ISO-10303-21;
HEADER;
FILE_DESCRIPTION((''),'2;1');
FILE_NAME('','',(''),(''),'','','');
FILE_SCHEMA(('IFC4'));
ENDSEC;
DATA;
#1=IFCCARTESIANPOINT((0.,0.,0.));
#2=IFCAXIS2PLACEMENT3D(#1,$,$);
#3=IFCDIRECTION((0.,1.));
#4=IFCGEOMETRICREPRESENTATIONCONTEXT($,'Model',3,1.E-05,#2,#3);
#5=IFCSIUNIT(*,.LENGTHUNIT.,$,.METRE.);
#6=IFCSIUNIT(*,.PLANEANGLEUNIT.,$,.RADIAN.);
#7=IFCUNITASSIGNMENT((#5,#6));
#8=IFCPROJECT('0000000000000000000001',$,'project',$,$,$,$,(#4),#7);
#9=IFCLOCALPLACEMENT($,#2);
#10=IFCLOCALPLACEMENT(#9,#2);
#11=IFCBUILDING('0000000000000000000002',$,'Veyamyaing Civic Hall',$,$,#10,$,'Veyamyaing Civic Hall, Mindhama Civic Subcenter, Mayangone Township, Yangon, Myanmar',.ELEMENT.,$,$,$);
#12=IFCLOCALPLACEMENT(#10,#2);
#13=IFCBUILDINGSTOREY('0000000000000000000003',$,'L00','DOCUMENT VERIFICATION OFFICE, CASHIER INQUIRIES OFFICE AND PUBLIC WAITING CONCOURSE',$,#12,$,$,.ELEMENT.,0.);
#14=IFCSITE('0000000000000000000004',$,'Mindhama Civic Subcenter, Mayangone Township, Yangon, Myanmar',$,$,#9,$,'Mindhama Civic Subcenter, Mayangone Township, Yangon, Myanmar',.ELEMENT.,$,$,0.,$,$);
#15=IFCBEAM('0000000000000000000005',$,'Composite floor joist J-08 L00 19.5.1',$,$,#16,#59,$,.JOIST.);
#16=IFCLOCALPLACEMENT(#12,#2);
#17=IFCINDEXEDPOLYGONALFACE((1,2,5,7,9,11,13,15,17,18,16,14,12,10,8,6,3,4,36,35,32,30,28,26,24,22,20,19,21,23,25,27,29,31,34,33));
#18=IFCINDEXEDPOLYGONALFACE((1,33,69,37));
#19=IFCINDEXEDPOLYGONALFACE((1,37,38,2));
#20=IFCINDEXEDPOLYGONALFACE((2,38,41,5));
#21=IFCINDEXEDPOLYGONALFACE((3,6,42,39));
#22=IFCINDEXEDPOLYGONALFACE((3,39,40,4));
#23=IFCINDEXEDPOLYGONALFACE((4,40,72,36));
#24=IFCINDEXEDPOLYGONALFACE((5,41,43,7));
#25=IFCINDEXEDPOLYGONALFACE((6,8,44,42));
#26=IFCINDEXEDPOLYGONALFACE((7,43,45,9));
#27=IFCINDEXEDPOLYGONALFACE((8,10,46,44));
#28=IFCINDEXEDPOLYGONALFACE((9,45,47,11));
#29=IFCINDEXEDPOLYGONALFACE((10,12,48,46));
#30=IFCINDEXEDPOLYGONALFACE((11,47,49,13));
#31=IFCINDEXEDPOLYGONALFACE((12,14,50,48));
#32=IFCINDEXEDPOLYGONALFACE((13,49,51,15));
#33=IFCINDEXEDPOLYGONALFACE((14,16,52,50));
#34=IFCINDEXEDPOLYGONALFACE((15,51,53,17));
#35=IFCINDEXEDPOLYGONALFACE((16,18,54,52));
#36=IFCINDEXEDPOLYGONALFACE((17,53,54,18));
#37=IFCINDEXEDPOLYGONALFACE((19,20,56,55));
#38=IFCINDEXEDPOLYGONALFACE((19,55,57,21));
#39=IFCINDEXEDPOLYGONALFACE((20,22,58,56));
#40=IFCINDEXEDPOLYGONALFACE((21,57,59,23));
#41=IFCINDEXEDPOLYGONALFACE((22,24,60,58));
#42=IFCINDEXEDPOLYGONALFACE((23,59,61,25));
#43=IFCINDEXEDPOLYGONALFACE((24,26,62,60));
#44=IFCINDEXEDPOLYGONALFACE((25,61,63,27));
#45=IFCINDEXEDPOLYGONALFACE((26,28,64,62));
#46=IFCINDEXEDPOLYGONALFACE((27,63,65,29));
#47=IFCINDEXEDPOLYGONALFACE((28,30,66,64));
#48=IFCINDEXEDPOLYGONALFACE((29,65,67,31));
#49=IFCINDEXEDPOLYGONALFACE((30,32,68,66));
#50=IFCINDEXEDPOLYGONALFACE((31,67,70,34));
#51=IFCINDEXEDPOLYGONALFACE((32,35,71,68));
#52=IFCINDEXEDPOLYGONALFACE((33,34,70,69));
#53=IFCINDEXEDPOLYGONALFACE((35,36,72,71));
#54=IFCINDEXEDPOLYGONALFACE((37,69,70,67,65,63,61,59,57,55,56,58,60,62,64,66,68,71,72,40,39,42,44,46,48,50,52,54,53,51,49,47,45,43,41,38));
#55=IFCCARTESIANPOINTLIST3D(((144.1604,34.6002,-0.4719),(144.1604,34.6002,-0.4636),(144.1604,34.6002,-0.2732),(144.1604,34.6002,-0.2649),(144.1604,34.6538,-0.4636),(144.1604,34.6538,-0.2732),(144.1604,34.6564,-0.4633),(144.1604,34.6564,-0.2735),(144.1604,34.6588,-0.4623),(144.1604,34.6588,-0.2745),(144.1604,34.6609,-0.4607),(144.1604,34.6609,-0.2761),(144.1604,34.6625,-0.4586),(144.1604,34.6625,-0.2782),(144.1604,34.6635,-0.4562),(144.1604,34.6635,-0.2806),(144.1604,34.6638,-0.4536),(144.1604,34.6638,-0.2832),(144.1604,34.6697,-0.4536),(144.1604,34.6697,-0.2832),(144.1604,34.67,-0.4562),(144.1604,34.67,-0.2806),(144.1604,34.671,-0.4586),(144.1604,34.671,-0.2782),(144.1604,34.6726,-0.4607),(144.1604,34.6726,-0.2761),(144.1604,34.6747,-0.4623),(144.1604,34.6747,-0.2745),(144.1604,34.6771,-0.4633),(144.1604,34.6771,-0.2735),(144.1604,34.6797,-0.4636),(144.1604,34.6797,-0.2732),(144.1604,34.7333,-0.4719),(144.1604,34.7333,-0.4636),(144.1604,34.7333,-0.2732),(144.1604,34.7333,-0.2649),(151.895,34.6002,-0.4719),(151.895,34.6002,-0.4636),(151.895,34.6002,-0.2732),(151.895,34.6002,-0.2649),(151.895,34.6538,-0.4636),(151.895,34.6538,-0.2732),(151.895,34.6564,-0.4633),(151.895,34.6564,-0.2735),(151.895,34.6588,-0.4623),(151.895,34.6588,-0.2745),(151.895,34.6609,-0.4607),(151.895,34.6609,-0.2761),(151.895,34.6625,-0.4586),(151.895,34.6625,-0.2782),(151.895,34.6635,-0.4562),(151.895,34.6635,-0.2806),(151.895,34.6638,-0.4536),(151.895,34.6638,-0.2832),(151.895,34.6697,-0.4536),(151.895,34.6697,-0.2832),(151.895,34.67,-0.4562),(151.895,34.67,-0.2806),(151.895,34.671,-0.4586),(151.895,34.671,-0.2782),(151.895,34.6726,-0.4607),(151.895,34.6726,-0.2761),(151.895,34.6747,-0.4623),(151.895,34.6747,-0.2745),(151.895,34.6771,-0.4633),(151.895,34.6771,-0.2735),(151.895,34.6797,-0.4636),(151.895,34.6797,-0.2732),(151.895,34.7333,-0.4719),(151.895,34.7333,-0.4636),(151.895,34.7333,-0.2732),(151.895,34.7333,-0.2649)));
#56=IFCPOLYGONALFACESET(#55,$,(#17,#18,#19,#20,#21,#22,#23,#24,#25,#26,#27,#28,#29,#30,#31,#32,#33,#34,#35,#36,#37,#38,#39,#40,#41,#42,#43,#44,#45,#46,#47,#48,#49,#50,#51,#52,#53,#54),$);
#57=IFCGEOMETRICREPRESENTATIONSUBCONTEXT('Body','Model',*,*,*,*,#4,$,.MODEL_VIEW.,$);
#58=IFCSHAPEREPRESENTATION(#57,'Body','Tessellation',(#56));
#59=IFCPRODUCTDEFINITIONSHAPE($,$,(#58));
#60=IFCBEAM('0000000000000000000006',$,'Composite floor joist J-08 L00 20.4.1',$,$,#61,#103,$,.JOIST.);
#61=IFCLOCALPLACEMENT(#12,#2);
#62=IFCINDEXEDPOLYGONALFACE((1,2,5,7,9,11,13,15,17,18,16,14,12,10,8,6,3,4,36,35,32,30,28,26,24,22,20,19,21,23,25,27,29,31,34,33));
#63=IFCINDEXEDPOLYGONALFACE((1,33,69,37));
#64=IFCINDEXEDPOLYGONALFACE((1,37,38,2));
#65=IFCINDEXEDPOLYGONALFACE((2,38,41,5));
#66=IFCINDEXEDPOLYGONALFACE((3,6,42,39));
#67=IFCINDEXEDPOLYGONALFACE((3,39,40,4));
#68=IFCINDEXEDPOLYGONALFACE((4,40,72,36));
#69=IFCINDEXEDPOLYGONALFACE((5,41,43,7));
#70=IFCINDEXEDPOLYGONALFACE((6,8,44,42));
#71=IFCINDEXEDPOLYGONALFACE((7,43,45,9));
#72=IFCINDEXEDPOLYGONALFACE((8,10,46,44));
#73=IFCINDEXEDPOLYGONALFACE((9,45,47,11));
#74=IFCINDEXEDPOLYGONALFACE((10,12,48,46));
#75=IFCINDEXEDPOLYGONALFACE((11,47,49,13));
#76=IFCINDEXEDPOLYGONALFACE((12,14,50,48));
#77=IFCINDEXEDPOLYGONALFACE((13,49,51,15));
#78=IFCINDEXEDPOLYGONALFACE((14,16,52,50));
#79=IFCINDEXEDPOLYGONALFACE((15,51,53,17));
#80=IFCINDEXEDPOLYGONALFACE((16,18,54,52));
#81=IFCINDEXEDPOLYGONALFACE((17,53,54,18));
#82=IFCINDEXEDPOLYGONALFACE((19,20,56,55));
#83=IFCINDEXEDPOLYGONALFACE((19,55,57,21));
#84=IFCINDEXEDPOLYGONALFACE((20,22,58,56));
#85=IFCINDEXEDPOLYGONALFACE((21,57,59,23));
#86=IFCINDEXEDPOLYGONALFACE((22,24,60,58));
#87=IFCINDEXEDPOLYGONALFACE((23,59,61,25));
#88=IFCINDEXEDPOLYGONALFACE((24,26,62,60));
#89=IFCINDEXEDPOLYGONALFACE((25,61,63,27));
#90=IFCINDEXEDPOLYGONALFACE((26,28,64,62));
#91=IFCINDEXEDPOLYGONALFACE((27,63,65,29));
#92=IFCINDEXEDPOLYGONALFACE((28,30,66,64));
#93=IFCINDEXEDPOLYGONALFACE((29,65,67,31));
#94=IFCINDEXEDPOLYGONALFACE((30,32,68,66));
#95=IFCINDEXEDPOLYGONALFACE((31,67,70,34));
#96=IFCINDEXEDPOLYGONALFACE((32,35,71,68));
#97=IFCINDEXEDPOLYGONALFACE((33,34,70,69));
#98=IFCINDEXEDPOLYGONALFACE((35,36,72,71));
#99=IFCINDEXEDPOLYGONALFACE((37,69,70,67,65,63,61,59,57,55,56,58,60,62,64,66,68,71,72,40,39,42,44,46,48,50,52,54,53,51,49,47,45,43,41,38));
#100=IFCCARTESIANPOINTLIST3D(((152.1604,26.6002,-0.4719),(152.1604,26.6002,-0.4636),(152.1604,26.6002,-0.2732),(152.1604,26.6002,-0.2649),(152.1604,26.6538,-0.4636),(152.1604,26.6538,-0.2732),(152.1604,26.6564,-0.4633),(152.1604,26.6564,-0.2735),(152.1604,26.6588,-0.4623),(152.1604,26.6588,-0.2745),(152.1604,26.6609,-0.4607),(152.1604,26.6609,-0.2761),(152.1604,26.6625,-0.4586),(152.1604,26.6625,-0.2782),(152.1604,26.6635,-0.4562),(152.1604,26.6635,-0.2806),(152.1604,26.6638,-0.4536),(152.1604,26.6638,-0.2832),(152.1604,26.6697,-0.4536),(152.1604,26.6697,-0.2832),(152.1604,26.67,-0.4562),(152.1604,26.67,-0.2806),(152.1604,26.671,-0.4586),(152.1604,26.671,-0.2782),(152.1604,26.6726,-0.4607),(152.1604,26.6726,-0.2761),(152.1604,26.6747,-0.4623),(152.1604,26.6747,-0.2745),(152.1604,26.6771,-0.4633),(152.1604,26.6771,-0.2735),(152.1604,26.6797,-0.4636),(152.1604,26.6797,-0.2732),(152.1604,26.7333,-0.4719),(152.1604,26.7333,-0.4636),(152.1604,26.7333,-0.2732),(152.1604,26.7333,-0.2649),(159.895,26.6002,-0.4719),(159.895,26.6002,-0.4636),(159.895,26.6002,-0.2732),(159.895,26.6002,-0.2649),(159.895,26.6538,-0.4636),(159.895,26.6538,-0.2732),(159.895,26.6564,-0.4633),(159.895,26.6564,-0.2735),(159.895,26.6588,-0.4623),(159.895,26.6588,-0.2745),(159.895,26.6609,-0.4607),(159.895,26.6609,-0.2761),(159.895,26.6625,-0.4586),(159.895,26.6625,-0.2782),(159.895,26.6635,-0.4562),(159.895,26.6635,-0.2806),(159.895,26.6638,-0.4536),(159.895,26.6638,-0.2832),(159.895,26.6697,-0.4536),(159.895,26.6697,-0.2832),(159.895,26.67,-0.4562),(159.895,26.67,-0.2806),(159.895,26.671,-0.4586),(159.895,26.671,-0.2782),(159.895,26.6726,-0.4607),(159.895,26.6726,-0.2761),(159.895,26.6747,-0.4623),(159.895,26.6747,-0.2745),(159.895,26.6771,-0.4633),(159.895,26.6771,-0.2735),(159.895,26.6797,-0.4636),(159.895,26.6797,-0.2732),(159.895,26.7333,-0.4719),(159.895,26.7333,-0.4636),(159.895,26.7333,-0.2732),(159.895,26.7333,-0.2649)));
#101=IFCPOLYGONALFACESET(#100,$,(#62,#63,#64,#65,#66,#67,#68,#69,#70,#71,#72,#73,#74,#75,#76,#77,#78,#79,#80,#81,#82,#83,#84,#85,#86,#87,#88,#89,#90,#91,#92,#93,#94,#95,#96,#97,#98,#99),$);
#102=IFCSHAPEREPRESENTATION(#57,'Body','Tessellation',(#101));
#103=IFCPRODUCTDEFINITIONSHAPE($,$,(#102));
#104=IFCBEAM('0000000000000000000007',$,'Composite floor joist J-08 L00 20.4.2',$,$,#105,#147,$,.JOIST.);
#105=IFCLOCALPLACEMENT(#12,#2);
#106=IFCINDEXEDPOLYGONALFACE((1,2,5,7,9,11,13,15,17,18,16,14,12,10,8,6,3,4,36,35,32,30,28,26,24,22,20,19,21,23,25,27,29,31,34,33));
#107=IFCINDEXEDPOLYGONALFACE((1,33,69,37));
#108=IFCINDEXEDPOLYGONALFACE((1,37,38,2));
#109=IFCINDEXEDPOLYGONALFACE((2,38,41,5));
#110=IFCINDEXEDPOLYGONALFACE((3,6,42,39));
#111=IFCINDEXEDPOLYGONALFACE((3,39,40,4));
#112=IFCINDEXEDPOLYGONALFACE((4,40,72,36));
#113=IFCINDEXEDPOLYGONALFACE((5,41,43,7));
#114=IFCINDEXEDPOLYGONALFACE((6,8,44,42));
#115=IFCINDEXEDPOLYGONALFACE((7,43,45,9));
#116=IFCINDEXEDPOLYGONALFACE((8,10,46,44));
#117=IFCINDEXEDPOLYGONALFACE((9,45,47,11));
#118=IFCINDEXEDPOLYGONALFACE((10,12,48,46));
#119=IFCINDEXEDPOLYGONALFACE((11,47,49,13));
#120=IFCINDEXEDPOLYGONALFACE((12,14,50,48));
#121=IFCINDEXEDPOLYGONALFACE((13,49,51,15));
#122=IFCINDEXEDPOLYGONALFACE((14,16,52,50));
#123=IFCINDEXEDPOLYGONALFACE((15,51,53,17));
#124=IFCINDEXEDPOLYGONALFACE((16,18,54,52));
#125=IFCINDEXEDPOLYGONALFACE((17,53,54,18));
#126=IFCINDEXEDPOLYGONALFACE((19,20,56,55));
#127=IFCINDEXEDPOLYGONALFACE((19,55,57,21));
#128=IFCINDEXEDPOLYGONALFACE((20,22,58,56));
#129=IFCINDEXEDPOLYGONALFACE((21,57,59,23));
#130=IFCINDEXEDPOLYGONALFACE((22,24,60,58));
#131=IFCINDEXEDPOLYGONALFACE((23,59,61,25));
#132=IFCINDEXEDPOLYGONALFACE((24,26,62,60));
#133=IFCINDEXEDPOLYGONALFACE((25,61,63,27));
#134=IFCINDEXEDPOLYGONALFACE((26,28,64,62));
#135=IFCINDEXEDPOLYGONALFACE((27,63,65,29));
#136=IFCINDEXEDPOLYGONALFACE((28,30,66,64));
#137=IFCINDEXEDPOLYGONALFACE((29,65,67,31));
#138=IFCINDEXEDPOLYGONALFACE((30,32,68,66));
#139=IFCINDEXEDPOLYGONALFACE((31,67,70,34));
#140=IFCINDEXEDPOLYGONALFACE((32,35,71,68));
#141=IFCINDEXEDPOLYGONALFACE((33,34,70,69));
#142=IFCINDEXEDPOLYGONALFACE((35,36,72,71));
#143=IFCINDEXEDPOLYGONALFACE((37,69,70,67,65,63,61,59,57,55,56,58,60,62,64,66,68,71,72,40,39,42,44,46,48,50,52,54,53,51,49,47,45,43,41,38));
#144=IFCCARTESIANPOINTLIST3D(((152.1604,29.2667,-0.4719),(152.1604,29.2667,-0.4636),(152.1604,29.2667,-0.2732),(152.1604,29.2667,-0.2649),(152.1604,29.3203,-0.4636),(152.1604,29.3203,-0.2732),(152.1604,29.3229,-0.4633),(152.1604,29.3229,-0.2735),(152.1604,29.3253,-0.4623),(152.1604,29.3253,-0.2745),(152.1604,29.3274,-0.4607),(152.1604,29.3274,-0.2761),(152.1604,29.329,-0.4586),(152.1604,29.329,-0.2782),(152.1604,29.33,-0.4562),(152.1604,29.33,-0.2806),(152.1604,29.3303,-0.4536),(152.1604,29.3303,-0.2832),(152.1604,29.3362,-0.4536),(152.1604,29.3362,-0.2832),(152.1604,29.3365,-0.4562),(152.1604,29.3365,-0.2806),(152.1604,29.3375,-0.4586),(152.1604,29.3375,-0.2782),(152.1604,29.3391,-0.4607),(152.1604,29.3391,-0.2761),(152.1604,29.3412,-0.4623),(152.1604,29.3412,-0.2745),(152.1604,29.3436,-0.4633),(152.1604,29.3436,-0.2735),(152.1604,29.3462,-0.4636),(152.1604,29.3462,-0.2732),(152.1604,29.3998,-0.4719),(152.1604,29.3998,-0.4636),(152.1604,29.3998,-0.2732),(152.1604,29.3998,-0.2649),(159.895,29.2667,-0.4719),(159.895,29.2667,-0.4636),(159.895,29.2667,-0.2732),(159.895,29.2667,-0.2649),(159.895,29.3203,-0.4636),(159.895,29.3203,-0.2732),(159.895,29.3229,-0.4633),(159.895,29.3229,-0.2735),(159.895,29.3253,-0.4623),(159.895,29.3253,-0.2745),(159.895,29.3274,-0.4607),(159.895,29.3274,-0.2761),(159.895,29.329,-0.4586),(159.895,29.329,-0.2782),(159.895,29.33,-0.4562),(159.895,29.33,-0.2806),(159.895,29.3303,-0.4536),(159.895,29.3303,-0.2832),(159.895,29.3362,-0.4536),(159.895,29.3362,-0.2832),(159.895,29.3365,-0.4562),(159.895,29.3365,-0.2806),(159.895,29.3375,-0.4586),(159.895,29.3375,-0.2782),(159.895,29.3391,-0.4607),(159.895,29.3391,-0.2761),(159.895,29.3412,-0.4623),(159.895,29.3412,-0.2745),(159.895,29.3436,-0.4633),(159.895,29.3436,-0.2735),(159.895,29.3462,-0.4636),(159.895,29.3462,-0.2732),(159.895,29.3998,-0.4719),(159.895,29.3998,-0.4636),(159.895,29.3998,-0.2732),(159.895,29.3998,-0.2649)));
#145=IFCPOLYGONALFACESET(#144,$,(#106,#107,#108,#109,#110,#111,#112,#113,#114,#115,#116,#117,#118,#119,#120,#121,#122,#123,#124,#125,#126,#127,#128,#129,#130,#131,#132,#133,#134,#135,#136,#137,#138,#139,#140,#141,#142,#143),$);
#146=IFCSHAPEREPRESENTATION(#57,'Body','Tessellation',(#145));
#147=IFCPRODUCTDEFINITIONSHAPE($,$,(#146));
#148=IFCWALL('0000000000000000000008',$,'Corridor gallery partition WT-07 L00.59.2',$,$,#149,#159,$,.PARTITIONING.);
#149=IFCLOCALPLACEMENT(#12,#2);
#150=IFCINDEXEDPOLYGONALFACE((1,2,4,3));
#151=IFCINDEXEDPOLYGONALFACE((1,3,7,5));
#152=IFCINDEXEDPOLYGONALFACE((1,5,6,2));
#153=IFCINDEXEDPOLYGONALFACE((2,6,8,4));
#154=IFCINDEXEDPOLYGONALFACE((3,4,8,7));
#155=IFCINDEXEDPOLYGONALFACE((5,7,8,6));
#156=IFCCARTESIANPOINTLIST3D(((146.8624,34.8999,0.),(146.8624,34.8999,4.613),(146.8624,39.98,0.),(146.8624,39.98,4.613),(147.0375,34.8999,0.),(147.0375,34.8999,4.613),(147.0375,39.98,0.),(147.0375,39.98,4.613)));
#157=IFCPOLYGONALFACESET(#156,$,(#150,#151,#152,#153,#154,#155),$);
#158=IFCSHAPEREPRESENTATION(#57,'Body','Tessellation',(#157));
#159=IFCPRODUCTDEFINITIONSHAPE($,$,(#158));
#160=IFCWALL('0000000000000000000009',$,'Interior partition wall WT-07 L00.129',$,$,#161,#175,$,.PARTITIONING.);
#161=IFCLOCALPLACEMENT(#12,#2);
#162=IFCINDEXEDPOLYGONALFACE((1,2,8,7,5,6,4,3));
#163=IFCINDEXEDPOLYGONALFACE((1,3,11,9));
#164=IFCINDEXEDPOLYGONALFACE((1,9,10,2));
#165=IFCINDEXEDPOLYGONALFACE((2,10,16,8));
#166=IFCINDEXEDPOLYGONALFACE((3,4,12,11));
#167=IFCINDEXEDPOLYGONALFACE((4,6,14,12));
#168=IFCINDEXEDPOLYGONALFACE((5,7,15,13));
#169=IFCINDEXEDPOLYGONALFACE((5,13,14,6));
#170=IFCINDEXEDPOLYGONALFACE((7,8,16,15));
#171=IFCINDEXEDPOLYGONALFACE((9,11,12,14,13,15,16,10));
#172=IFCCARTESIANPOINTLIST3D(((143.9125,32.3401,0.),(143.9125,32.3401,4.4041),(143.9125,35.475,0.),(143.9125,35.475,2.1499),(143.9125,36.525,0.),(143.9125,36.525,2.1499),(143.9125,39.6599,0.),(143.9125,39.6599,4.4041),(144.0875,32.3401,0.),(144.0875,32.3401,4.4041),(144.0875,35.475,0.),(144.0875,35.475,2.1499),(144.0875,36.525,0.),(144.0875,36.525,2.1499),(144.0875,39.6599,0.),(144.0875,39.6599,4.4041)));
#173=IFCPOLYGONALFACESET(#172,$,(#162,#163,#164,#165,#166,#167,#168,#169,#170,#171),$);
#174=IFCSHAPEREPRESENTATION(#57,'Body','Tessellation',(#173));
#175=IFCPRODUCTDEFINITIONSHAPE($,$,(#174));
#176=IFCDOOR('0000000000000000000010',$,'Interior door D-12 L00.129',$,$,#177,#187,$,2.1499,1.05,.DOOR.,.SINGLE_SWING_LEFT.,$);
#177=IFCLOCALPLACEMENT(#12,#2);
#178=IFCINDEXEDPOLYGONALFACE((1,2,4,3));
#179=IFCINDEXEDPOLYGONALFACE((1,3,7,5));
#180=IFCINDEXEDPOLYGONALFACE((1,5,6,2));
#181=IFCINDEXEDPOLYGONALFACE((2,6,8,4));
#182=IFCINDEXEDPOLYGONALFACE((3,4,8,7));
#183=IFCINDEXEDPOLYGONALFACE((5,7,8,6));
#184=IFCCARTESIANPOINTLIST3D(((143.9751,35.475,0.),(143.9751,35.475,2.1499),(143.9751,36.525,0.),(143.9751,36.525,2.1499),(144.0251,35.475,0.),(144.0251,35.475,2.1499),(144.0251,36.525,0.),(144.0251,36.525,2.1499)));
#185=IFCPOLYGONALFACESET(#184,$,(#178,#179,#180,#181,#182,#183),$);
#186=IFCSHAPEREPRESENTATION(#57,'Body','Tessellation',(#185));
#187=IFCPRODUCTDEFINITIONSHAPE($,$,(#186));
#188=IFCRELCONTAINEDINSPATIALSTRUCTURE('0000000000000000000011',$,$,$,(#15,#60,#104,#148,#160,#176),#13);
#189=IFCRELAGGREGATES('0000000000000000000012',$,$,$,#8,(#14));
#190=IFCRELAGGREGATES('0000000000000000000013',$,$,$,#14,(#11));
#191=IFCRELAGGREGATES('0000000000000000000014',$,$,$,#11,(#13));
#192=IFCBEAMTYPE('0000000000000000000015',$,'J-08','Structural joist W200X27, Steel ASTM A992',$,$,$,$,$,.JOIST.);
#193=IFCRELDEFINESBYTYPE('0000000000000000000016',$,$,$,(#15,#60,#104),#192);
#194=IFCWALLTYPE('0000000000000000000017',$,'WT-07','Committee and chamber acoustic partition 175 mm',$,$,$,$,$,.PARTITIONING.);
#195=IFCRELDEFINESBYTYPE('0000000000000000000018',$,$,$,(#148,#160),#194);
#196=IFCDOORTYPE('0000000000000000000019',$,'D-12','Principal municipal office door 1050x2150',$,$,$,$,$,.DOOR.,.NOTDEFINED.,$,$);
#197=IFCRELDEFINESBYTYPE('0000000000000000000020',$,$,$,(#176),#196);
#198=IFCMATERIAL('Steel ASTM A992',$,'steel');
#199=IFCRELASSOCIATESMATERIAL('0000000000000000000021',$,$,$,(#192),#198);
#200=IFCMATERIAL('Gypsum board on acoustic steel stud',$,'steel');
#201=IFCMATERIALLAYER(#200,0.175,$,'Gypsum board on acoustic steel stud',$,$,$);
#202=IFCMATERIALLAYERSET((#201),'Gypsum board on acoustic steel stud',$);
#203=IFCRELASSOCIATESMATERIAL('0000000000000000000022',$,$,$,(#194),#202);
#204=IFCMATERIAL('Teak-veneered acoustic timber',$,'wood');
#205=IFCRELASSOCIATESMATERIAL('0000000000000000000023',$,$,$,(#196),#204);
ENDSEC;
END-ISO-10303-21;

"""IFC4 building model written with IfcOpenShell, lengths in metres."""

from ifc_helpers import new_model, si_unit, direction, frame, frame_2d, origin, origin_2d, place, context, subcontext, project, spatial, rectangle, i_section, extrude, material, layer, layer_set, material_profile, profile_set, type_object, element, fill, save


model = new_model("IFC4")

# Units and contexts
model_context = context("Model", 3, precision=1e-05, world=origin(), true_north=direction((0.0, 1.0)))
body_context = subcontext(model_context, "Body", "Model", "MODEL_VIEW")
ifc_project = project(units=[si_unit("LENGTHUNIT", "METRE"), si_unit("PLANEANGLEUNIT", "RADIAN")], contexts=[model_context])

# Site, building, storey
site_placement = place(None, origin())
site = spatial("IfcSite", under=ifc_project, at=site_placement, Name="Mindhama Civic Subcenter, Mayangone Township, Yangon, Myanmar", LongName="Mindhama Civic Subcenter, Mayangone Township, Yangon, Myanmar", CompositionType="ELEMENT", RefElevation=0.0)
building_placement = place(site_placement, origin())
building = spatial("IfcBuilding", under=site, at=building_placement, Name="Veyamyaing Civic Hall", LongName="Veyamyaing Civic Hall, Mindhama Civic Subcenter, Mayangone Township, Yangon, Myanmar", CompositionType="ELEMENT")
storey_placement = place(building_placement, origin())
storey = spatial("IfcBuildingStorey", under=building, at=storey_placement, Name="L00", Description="DOCUMENT VERIFICATION OFFICE, CASHIER INQUIRIES OFFICE AND PUBLIC WAITING CONCOURSE", CompositionType="ELEMENT", Elevation=0.0)

# Beams
ifc_material_1 = material(Name="Steel ASTM A992", Category="steel")
ifc_material_profile_1 = material_profile(ifc_material_1, i_section(OverallWidth=0.1331, OverallDepth=0.207, WebThickness=0.0059, FlangeThickness=0.0083, FilletRadius=0.01, at=origin_2d()), Name="W200X27")
ifc_profile_set_1 = profile_set([ifc_material_profile_1], Name="Steel ASTM A992")
beam_type_1 = type_object("IfcBeamType", Name="J-08", Description="Structural joist W200X27, Steel ASTM A992", PredefinedType="JOIST", material=ifc_profile_set_1)
for number, where, z_axis, x_axis, name in (
    (1, (144.1604, 34.6667, -0.3684), (1.0, 0.0, 0.0), (0.0, 1.0, 0.0), "Composite floor joist J-08 L00 19.5.1"),
    (2, (152.1604, 26.6667, -0.3684), (1.0, 0.0, 0.0), (0.0, 1.0, 0.0), "Composite floor joist J-08 L00 20.4.1"),
    (3, (152.1604, 29.3333, -0.3684), (1.0, 0.0, 0.0), (0.0, 1.0, 0.0), "Composite floor joist J-08 L00 20.4.2"),
):
    element("IfcBeam", number, at=place(storey_placement, frame(where, z_axis=z_axis, x_axis=x_axis)), inside=storey, type_object=beam_type_1, Name=name, PredefinedType="JOIST", context=body_context, shape_type="SweptSolid", body=[
        extrude(i_section(OverallWidth=0.1331, OverallDepth=0.207, WebThickness=0.0059, FlangeThickness=0.0083, FilletRadius=0.01, at=origin_2d()), origin(), (0.0, 0.0, 1.0), 7.7346),
    ])

# Wall
ifc_material_2 = material(Name="Gypsum board on acoustic steel stud", Category="steel")
ifc_layer_1 = layer(ifc_material_2, 0.175, Name="Gypsum board on acoustic steel stud")
ifc_layer_set_1 = layer_set([ifc_layer_1], Name="Gypsum board on acoustic steel stud")
wall_type_1 = type_object("IfcWallType", Name="WT-07", Description="Committee and chamber acoustic partition 175 mm", PredefinedType="PARTITIONING", material=ifc_layer_set_1)
wall_1_placement = place(storey_placement, frame((146.95, 34.8999, 0.0), z_axis=(0.0, 0.0, 1.0), x_axis=(0.0, 1.0, 0.0)))
element("IfcWall", 4, at=wall_1_placement, inside=storey, type_object=wall_type_1, Name="Corridor gallery partition WT-07 L00.59.2", PredefinedType="PARTITIONING", context=body_context, shape_type="SweptSolid", body=[
    extrude(rectangle(XDim=5.0801, YDim=0.175, at=frame_2d((2.54, 0.0))), origin(), (0.0, 0.0, 1.0), 4.613),
])

# Wall, opening, door
wall_2_placement = place(storey_placement, frame((144.0, 32.3401, 0.0), z_axis=(0.0, 0.0, 1.0), x_axis=(0.0, 1.0, 0.0)))
wall_2 = element("IfcWall", 5, at=wall_2_placement, inside=storey, type_object=wall_type_1, Name="Interior partition wall WT-07 L00.129", PredefinedType="PARTITIONING", context=body_context, shape_type="SweptSolid", body=[
    extrude(rectangle(XDim=7.3198, YDim=0.175, at=frame_2d((3.6599, 0.0))), origin(), (0.0, 0.0, 1.0), 4.4041),
])
opening_1_placement = place(wall_2_placement, frame((3.135, 0.0, 0.0)))
opening_1 = element("IfcOpeningElement", 6, at=opening_1_placement, cuts=wall_2, PredefinedType="OPENING", context=body_context, shape_type="SweptSolid", body=[
    extrude(rectangle(XDim=1.05, YDim=2.1499, at=frame_2d((0.5249, 1.075))), frame((0.0, 0.0974, 0.0), z_axis=(0.0, -1.0, 0.0), x_axis=(1.0, 0.0, 0.0)), (0.0, 0.0, 1.0), 0.1951),
])
ifc_material_3 = material(Name="Teak-veneered acoustic timber", Category="wood")
door_type_1 = type_object("IfcDoorType", Name="D-12", Description="Principal municipal office door 1050x2150", OperationType="NOTDEFINED", PredefinedType="DOOR", material=ifc_material_3)
door_1_placement = place(opening_1_placement, origin())
door_1 = element("IfcDoor", 7, at=door_1_placement, inside=storey, type_object=door_type_1, Name="Interior door D-12 L00.129", OperationType="SINGLE_SWING_LEFT", OverallHeight=2.1499, OverallWidth=1.05, PredefinedType="DOOR", context=body_context, shape_type="SweptSolid", body=[
    extrude(rectangle(XDim=1.05, YDim=2.1499, at=frame_2d((0.5249, 1.075))), frame((0.0, 0.0249, 0.0), z_axis=(0.0, -1.0, 0.0), x_axis=(1.0, 0.0, 0.0)), (0.0, 0.0, 1.0), 0.05),
])
fill(opening_1, door_1)

save(model, "model.ifc")
